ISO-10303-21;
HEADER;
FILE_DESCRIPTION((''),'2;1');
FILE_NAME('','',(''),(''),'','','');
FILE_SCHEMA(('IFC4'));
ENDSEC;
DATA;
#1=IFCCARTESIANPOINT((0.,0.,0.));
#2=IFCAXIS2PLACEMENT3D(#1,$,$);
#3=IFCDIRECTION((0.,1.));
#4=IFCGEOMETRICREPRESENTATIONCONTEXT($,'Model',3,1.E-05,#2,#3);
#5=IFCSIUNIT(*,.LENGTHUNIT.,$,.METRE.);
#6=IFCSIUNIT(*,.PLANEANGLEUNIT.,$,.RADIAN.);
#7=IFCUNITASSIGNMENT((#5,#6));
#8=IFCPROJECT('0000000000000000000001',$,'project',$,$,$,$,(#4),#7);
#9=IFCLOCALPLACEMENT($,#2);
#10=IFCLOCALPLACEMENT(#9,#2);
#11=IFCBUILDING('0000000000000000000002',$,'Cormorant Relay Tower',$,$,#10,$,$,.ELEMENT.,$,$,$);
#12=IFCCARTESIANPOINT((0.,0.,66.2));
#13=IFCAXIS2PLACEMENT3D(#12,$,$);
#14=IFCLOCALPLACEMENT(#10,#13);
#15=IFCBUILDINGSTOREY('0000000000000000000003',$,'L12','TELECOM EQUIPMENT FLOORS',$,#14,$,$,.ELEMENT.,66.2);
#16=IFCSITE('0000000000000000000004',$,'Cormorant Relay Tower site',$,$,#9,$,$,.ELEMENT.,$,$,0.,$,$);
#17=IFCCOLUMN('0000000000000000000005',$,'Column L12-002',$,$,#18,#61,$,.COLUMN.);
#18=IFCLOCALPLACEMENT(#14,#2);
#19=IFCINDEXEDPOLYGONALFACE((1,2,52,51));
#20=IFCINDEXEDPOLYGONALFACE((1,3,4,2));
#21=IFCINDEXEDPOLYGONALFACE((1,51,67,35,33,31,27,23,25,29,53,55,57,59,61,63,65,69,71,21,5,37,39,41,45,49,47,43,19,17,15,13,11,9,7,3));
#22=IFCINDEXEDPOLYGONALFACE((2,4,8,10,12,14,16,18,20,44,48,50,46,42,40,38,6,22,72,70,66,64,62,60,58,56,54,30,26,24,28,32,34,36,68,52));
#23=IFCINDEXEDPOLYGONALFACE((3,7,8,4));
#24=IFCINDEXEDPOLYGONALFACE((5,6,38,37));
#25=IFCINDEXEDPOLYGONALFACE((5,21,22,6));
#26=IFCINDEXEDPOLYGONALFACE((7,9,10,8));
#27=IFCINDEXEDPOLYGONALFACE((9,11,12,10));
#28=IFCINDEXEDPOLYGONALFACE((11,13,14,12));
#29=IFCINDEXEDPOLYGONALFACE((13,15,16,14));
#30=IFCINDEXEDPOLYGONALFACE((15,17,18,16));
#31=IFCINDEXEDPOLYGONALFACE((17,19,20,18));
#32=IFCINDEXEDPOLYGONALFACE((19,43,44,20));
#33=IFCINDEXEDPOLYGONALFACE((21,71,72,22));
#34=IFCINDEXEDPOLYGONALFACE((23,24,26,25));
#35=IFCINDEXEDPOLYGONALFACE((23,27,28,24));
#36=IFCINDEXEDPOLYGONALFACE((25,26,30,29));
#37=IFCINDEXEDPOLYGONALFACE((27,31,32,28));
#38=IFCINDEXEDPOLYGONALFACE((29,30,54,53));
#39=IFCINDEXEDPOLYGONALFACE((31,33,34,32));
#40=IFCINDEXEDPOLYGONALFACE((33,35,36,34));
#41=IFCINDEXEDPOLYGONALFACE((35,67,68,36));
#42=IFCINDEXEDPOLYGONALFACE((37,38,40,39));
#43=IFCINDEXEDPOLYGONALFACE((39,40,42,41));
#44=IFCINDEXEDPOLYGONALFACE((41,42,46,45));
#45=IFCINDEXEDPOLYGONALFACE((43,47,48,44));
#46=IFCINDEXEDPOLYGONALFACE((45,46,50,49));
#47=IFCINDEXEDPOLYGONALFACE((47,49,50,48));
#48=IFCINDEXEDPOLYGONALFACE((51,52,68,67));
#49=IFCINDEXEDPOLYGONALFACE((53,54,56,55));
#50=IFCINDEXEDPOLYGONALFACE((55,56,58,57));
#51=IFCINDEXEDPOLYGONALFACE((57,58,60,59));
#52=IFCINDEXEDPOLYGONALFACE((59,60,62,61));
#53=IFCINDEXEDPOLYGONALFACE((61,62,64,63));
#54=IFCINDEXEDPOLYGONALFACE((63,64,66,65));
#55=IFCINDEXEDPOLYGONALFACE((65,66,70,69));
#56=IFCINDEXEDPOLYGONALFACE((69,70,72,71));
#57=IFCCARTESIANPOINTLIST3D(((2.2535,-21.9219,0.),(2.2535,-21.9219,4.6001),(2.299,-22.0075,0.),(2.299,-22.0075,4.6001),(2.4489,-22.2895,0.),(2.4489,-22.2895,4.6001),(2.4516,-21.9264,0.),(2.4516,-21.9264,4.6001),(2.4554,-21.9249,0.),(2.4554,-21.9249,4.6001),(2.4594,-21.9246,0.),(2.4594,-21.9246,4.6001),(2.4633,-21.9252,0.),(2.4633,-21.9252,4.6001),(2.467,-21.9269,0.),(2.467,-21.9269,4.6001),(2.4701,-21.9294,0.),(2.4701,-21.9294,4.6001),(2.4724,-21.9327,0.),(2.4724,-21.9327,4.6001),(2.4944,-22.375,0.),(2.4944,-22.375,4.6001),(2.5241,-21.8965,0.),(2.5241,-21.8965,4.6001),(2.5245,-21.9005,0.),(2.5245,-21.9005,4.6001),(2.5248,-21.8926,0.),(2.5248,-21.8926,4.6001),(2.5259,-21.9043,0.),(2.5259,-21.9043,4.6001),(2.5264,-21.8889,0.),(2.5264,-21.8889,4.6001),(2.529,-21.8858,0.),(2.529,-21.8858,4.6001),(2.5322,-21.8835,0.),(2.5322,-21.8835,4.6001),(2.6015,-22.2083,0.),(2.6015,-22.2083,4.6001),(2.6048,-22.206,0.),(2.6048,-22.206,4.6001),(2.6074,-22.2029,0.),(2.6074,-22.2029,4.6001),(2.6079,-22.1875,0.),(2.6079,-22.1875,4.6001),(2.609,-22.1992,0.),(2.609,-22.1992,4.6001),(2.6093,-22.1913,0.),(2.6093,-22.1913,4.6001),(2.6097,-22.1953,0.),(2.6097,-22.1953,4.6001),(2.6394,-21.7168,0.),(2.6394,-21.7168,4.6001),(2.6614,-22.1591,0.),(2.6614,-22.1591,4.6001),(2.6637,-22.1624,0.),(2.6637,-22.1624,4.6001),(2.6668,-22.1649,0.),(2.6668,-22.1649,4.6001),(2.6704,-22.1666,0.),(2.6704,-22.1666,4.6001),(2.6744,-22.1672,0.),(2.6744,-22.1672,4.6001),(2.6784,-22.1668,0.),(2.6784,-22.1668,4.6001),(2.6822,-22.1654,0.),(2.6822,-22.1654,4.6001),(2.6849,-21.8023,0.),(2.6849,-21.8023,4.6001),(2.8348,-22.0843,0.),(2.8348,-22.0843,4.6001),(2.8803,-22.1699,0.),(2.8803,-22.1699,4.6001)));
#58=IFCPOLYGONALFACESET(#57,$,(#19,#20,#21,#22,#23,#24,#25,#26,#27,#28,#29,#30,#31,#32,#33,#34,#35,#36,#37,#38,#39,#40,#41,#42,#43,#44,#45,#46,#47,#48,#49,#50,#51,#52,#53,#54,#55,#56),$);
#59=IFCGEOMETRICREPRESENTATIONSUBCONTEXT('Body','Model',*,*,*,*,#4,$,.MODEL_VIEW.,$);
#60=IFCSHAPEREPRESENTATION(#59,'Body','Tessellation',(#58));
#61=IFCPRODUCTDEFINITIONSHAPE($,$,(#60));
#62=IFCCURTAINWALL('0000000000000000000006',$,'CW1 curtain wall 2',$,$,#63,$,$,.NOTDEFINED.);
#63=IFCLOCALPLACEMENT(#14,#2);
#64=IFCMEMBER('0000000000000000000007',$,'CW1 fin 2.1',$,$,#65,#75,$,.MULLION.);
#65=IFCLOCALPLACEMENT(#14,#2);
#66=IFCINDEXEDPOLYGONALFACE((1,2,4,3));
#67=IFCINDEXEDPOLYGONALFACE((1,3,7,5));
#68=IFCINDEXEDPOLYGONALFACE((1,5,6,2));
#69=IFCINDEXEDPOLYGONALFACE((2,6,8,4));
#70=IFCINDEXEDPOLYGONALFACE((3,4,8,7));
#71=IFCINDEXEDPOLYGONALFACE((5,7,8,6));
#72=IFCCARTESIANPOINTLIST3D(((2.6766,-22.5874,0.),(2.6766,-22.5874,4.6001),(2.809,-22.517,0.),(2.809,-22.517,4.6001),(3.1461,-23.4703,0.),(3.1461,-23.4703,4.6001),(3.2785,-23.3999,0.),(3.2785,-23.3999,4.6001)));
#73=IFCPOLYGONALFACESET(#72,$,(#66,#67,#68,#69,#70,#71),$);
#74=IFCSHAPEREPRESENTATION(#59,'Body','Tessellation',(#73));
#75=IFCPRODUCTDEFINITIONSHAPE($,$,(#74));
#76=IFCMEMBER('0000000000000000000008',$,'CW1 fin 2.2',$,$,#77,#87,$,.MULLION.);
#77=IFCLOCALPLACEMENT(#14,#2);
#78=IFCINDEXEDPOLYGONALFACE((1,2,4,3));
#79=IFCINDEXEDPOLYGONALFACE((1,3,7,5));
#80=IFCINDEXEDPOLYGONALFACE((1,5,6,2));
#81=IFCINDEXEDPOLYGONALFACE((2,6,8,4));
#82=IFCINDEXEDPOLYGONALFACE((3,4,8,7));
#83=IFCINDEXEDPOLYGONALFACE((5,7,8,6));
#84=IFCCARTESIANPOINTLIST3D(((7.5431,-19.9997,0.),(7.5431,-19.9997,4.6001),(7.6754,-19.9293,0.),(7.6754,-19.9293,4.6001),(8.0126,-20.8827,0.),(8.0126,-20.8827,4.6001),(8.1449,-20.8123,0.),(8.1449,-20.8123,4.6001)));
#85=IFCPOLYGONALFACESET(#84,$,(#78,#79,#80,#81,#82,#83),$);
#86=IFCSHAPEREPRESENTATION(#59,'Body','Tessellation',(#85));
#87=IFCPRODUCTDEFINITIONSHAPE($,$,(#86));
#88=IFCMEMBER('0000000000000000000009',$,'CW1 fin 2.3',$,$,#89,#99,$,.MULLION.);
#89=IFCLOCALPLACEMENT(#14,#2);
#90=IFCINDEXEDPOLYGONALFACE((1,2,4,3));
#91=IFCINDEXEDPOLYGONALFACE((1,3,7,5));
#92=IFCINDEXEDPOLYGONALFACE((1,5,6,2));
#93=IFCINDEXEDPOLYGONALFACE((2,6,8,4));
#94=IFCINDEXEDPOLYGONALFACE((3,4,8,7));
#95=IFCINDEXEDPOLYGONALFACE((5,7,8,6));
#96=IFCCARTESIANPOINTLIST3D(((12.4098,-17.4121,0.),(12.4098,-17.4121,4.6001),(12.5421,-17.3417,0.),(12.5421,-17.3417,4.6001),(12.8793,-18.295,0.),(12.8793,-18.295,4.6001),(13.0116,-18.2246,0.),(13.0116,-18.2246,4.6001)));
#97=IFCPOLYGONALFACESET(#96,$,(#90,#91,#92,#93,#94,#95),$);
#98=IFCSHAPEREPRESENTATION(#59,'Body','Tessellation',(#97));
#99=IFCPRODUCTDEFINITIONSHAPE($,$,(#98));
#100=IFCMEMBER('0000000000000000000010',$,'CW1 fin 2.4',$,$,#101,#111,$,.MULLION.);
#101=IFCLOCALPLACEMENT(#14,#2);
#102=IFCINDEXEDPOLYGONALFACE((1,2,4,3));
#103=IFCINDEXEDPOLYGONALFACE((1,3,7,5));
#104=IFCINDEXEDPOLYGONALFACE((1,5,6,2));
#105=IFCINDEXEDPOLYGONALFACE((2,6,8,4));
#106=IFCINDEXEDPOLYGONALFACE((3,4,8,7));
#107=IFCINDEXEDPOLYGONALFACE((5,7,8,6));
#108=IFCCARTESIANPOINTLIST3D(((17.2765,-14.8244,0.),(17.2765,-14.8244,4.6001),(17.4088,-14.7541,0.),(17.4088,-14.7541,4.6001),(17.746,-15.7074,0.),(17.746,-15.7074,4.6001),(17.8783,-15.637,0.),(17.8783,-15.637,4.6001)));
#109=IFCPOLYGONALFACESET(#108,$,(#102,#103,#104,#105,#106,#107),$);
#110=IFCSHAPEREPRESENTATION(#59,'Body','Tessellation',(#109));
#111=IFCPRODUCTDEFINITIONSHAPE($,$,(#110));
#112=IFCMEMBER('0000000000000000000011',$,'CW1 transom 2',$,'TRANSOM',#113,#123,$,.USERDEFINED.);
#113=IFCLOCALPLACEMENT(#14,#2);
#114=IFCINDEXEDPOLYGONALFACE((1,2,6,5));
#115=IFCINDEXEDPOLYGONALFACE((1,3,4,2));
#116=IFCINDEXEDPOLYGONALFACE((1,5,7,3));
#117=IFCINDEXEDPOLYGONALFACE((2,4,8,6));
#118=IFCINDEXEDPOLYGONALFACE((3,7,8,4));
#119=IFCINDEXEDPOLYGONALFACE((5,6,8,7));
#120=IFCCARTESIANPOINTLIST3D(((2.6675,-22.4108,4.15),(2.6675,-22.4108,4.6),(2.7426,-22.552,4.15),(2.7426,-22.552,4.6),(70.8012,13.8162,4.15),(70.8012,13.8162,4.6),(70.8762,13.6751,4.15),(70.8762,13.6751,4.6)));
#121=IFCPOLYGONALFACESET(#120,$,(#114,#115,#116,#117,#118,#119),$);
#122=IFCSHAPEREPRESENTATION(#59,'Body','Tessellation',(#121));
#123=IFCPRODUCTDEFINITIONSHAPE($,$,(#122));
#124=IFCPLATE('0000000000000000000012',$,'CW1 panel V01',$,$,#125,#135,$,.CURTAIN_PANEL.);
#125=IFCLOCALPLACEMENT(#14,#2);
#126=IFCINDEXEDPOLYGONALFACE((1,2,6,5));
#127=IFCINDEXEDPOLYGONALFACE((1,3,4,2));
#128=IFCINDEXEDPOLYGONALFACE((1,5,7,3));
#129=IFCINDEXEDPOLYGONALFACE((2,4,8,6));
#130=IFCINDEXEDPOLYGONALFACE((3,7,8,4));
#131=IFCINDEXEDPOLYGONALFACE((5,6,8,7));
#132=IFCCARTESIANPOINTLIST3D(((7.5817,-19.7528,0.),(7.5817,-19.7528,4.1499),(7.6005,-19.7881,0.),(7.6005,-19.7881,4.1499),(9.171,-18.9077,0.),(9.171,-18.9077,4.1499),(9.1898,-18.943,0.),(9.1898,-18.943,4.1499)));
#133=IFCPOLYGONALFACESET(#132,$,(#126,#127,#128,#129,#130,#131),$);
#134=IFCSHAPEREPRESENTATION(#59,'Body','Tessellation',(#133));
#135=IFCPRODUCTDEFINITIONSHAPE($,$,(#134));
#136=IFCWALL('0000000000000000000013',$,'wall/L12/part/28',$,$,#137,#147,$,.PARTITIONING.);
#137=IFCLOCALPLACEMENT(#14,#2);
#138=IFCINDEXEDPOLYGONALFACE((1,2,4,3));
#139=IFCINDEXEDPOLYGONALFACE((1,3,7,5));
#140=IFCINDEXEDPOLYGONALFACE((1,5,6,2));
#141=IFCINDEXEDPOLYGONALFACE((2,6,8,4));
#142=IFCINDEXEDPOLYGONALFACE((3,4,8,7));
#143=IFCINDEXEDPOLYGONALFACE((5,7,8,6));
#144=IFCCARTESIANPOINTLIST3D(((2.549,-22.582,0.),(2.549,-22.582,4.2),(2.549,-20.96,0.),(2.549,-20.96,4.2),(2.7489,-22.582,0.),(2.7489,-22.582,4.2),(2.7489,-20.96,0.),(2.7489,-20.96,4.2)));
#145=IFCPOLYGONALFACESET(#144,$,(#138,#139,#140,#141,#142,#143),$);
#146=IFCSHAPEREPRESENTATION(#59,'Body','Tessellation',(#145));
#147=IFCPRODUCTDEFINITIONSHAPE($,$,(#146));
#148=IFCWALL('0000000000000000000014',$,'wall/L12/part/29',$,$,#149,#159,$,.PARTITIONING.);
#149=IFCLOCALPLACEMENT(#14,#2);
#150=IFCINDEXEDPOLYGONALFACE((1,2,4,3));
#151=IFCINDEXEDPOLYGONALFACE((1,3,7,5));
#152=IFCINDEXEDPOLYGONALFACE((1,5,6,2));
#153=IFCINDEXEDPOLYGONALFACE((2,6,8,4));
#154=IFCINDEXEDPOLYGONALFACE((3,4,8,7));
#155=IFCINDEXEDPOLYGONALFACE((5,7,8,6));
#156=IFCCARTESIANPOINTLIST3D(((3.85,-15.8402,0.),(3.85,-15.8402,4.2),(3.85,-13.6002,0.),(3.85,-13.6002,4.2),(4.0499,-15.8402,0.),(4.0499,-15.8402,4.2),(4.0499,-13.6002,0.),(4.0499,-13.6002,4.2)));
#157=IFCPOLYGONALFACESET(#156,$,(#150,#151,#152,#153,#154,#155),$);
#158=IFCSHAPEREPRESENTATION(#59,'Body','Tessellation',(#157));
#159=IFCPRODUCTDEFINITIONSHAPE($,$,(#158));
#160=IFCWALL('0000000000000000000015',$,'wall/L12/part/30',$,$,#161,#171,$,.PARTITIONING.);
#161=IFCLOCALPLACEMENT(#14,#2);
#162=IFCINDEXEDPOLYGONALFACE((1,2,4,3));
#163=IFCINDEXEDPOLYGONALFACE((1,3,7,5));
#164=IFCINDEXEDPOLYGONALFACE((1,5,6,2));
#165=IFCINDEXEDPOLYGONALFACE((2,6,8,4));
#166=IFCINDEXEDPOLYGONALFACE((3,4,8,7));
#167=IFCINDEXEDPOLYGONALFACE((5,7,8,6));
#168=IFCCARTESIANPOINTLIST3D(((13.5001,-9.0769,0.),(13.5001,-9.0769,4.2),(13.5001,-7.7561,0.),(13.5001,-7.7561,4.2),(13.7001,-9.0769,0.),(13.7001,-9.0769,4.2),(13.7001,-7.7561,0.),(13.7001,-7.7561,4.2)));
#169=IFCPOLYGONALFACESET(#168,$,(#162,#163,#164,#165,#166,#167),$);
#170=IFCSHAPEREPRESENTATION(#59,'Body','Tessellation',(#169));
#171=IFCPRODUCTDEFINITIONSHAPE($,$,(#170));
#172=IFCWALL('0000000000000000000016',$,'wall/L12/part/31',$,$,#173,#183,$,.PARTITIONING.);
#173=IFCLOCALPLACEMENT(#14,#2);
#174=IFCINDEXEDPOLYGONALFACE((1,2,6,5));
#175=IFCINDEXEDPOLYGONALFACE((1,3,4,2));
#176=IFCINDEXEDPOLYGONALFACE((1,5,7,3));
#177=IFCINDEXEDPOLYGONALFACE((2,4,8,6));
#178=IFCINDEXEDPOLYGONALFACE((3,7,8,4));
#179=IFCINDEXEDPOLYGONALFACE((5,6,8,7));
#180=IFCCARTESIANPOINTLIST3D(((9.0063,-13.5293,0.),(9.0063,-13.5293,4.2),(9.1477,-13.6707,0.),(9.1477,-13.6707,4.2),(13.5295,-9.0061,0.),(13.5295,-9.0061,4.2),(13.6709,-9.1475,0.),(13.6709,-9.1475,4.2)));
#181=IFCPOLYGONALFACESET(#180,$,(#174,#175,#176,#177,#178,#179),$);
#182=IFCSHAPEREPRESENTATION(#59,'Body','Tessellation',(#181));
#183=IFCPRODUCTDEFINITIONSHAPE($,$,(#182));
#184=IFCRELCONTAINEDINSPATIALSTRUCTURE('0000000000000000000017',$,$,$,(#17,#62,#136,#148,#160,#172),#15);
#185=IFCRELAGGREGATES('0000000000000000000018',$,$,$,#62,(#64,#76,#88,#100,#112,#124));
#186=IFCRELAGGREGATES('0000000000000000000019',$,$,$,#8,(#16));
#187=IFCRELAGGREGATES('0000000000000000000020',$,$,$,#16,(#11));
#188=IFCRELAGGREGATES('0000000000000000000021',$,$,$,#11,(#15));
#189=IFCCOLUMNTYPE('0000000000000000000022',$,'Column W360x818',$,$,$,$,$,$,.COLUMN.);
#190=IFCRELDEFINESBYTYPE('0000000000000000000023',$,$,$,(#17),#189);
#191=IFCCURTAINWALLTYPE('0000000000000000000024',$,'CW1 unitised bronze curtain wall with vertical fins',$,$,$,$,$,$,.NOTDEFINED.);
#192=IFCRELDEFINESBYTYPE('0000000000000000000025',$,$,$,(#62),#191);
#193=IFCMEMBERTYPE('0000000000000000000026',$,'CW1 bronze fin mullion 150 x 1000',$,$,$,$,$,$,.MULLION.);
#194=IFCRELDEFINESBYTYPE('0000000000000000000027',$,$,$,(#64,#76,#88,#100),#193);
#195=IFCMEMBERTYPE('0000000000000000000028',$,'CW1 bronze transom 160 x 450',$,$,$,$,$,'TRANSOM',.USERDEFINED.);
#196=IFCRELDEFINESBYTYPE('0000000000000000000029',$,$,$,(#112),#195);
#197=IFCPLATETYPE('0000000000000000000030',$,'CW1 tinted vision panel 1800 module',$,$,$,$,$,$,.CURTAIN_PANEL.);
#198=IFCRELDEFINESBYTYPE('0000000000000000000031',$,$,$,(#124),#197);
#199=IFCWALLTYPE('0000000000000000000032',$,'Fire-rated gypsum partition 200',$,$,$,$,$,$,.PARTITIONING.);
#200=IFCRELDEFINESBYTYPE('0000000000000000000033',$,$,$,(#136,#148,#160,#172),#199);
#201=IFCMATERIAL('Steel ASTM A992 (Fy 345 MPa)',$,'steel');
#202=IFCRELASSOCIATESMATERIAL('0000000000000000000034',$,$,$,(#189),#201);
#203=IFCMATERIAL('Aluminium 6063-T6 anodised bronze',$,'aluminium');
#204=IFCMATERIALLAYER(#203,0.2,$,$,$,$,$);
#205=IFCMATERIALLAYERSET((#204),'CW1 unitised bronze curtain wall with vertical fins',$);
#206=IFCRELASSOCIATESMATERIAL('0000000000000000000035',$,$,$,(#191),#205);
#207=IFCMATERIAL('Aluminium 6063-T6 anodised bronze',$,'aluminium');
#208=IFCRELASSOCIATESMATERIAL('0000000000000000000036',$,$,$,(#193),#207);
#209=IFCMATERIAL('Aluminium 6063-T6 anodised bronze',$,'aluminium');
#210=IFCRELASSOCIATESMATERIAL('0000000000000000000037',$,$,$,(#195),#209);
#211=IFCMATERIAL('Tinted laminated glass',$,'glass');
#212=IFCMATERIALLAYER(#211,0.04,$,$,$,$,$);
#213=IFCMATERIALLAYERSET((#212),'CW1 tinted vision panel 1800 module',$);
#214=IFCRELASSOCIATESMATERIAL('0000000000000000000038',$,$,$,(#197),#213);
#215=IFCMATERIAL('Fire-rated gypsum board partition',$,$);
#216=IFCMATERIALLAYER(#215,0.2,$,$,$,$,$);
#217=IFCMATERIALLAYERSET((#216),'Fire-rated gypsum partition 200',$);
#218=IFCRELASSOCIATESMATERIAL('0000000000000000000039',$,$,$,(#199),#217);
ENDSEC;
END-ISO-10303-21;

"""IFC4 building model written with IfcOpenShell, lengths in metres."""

from ifc_helpers import new_model, si_unit, direction, frame, frame_2d, origin, origin_2d, place, context, subcontext, project, spatial, rectangle, i_section, extrude, material, layer, layer_set, material_profile, profile_set, type_object, element, aggregate, save


model = new_model("IFC4")

# Units and contexts
model_context = context("Model", 3, precision=1e-05, world=origin(), true_north=direction((0.0, 1.0)))
body_context = subcontext(model_context, "Body", "Model", "MODEL_VIEW")
ifc_project = project(units=[si_unit("LENGTHUNIT", "METRE"), si_unit("PLANEANGLEUNIT", "RADIAN")], contexts=[model_context])

# Site, building, storey
site_placement = place(None, origin())
site = spatial("IfcSite", under=ifc_project, at=site_placement, Name="Cormorant Relay Tower site", CompositionType="ELEMENT", RefElevation=0.0)
building_placement = place(site_placement, origin())
building = spatial("IfcBuilding", under=site, at=building_placement, Name="Cormorant Relay Tower", CompositionType="ELEMENT")
storey_placement = place(building_placement, frame((0.0, 0.0, 66.2)))
storey = spatial("IfcBuildingStorey", under=building, at=storey_placement, Name="L12", Description="TELECOM EQUIPMENT FLOORS", CompositionType="ELEMENT", Elevation=66.2)

# Column
ifc_material_1 = material(Name="Steel ASTM A992 (Fy 345 MPa)", Category="steel")
ifc_material_profile_1 = material_profile(ifc_material_1, i_section(OverallWidth=0.437, OverallDepth=0.5132, WebThickness=0.0605, FlangeThickness=0.0969, FilletRadius=0.0154, at=origin_2d()), Name="W360x818")
ifc_profile_set_1 = profile_set([ifc_material_profile_1], Name="Steel ASTM A992 (Fy 345 MPa)")
column_type_1 = type_object("IfcColumnType", Name="Column W360x818", PredefinedType="COLUMN", material=ifc_profile_set_1)
column_1_placement = place(storey_placement, frame((2.5669, -22.0459, 0.0), z_axis=(0.0, 0.0, 1.0), x_axis=(0.882948, 0.469472, 0.0)))
element("IfcColumn", 1, at=column_1_placement, inside=storey, type_object=column_type_1, Name="Column L12-002", PredefinedType="COLUMN", context=body_context, shape_type="SweptSolid", body=[
    extrude(i_section(OverallWidth=0.437, OverallDepth=0.5132, WebThickness=0.0605, FlangeThickness=0.0969, FilletRadius=0.0154, at=origin_2d()), origin(), (0.0, 0.0, 1.0), 4.6001),
])

# Curtain wall, members, plate
ifc_material_2 = material(Name="Aluminium 6063-T6 anodised bronze", Category="aluminium")
ifc_layer_1 = layer(ifc_material_2, 0.2)
ifc_layer_set_1 = layer_set([ifc_layer_1], Name="CW1 unitised bronze curtain wall with vertical fins")
curtain_wall_type = type_object("IfcCurtainWallType", Name="CW1 unitised bronze curtain wall with vertical fins", PredefinedType="NOTDEFINED", material=ifc_layer_set_1)
curtain_wall_1_placement = place(storey_placement, origin())
curtain_wall_1 = element("IfcCurtainWall", 2, at=curtain_wall_1_placement, inside=storey, type_object=curtain_wall_type, Name="CW1 curtain wall 2", PredefinedType="NOTDEFINED")
ifc_material_3 = material(Name="Aluminium 6063-T6 anodised bronze", Category="aluminium")
ifc_material_profile_2 = material_profile(ifc_material_3, rectangle(XDim=0.1499, YDim=1.0, at=origin_2d()), Name="AL 150x1000")
ifc_profile_set_2 = profile_set([ifc_material_profile_2], Name="Aluminium 6063-T6 anodised bronze")
member_type_1 = type_object("IfcMemberType", Name="CW1 bronze fin mullion 150 x 1000", PredefinedType="MULLION", material=ifc_profile_set_2)
member_1_placement = place(storey_placement, frame((2.9775, -22.9937, 0.0), z_axis=(0.0, 0.0, 1.0), x_axis=(0.882948, 0.469472, 0.0)))
member_1 = element("IfcMember", 3, at=member_1_placement, type_object=member_type_1, Name="CW1 fin 2.1", PredefinedType="MULLION", context=body_context, shape_type="SweptSolid", body=[
    extrude(rectangle(XDim=0.1499, YDim=1.0, at=origin_2d()), origin(), (0.0, 0.0, 1.0), 4.6001),
])
member_2_placement = place(storey_placement, frame((7.844, -20.406, 0.0), z_axis=(0.0, 0.0, 1.0), x_axis=(0.882948, 0.469472, 0.0)))
member_2 = element("IfcMember", 4, at=member_2_placement, type_object=member_type_1, Name="CW1 fin 2.2", PredefinedType="MULLION", context=body_context, shape_type="SweptSolid", body=[
    extrude(rectangle(XDim=0.1499, YDim=1.0, at=origin_2d()), origin(), (0.0, 0.0, 1.0), 4.6001),
])
member_3_placement = place(storey_placement, frame((12.7107, -17.8184, 0.0), z_axis=(0.0, 0.0, 1.0), x_axis=(0.882948, 0.469472, 0.0)))
member_3 = element("IfcMember", 5, at=member_3_placement, type_object=member_type_1, Name="CW1 fin 2.3", PredefinedType="MULLION", context=body_context, shape_type="SweptSolid", body=[
    extrude(rectangle(XDim=0.1499, YDim=1.0, at=origin_2d()), origin(), (0.0, 0.0, 1.0), 4.6001),
])
member_4_placement = place(storey_placement, frame((17.5774, -15.2307, 0.0), z_axis=(0.0, 0.0, 1.0), x_axis=(0.882948, 0.469472, 0.0)))
member_4 = element("IfcMember", 6, at=member_4_placement, type_object=member_type_1, Name="CW1 fin 2.4", PredefinedType="MULLION", context=body_context, shape_type="SweptSolid", body=[
    extrude(rectangle(XDim=0.1499, YDim=1.0, at=origin_2d()), origin(), (0.0, 0.0, 1.0), 4.6001),
])
ifc_material_4 = material(Name="Aluminium 6063-T6 anodised bronze", Category="aluminium")
ifc_material_profile_3 = material_profile(ifc_material_4, rectangle(XDim=0.1599, YDim=0.45, at=origin_2d()), Name="AL 160x450")
ifc_profile_set_3 = profile_set([ifc_material_profile_3], Name="Aluminium 6063-T6 anodised bronze")
member_type_2 = type_object("IfcMemberType", Name="CW1 bronze transom 160 x 450", ElementType="TRANSOM", PredefinedType="USERDEFINED", material=ifc_profile_set_3)
member_5_placement = place(storey_placement, frame((2.7051, -22.4814, 4.375), z_axis=(0.882949, 0.46947, 0.0), x_axis=(-0.46947, 0.882949, 0.0)))
member_5 = element("IfcMember", 7, at=member_5_placement, type_object=member_type_2, Name="CW1 transom 2", ObjectType="TRANSOM", PredefinedType="USERDEFINED", context=body_context, shape_type="SweptSolid", body=[
    extrude(rectangle(XDim=0.1599, YDim=0.45, at=origin_2d()), origin(), (0.0, 0.0, 1.0), 77.166),
])
ifc_material_5 = material(Name="Tinted laminated glass", Category="glass")
ifc_layer_2 = layer(ifc_material_5, 0.04)
ifc_layer_set_2 = layer_set([ifc_layer_2], Name="CW1 tinted vision panel 1800 module")
plate_type = type_object("IfcPlateType", Name="CW1 tinted vision panel 1800 module", PredefinedType="CURTAIN_PANEL", material=ifc_layer_set_2)
plate_placement = place(storey_placement, frame((8.3857, -19.3479, 0.0), z_axis=(0.0, 0.0, 1.0), x_axis=(0.882948, 0.469472, 0.0)))
plate = element("IfcPlate", 8, at=plate_placement, type_object=plate_type, Name="CW1 panel V01", PredefinedType="CURTAIN_PANEL", context=body_context, shape_type="SweptSolid", body=[
    extrude(rectangle(XDim=1.8, YDim=0.04, at=origin_2d()), origin(), (0.0, 0.0, 1.0), 4.1499),
])

# Walls
ifc_material_6 = material(Name="Fire-rated gypsum board partition")
ifc_layer_3 = layer(ifc_material_6, 0.2)
ifc_layer_set_3 = layer_set([ifc_layer_3], Name="Fire-rated gypsum partition 200")
wall_type_1 = type_object("IfcWallType", Name="Fire-rated gypsum partition 200", PredefinedType="PARTITIONING", material=ifc_layer_set_3)
wall_1_placement = place(storey_placement, frame((2.6489, -22.582, 0.0), z_axis=(0.0, 0.0, 1.0), x_axis=(0.0, 1.0, 0.0)))
element("IfcWall", 9, at=wall_1_placement, inside=storey, type_object=wall_type_1, Name="wall/L12/part/28", PredefinedType="PARTITIONING", context=body_context, shape_type="SweptSolid", body=[
    extrude(rectangle(XDim=1.6221, YDim=0.2, at=frame_2d((0.811, 0.0))), origin(), (0.0, 0.0, 1.0), 4.2),
])
wall_2_placement = place(storey_placement, frame((3.95, -13.6001, 0.0), z_axis=(0.0, 0.0, 1.0), x_axis=(0.0, -1.0, 0.0)))
element("IfcWall", 10, at=wall_2_placement, inside=storey, type_object=wall_type_1, Name="wall/L12/part/29", PredefinedType="PARTITIONING", context=body_context, shape_type="SweptSolid", body=[
    extrude(rectangle(XDim=2.24, YDim=0.2, at=frame_2d((1.1201, 0.0))), origin(), (0.0, 0.0, 1.0), 4.2),
])
wall_3_placement = place(storey_placement, frame((13.6001, -7.7561, 0.0), z_axis=(0.0, 0.0, 1.0), x_axis=(0.0, -1.0, 0.0)))
element("IfcWall", 11, at=wall_3_placement, inside=storey, type_object=wall_type_1, Name="wall/L12/part/30", PredefinedType="PARTITIONING", context=body_context, shape_type="SweptSolid", body=[
    extrude(rectangle(XDim=1.3208, YDim=0.2, at=frame_2d((0.6604, 0.0))), origin(), (0.0, 0.0, 1.0), 4.2),
])
wall_4_placement = place(storey_placement, frame((13.6001, -9.0769, 0.0), z_axis=(0.0, 0.0, 1.0), x_axis=(-0.707107, -0.707107, 0.0)))
element("IfcWall", 12, at=wall_4_placement, inside=storey, type_object=wall_type_1, Name="wall/L12/part/31", PredefinedType="PARTITIONING", context=body_context, shape_type="SweptSolid", body=[
    extrude(rectangle(XDim=6.3967, YDim=0.2, at=frame_2d((3.1982, 0.0))), origin(), (0.0, 0.0, 1.0), 4.2),
])

aggregate(curtain_wall_1, [member_1, member_2, member_3, member_4, member_5, plate])

save(model, "model.ifc")
